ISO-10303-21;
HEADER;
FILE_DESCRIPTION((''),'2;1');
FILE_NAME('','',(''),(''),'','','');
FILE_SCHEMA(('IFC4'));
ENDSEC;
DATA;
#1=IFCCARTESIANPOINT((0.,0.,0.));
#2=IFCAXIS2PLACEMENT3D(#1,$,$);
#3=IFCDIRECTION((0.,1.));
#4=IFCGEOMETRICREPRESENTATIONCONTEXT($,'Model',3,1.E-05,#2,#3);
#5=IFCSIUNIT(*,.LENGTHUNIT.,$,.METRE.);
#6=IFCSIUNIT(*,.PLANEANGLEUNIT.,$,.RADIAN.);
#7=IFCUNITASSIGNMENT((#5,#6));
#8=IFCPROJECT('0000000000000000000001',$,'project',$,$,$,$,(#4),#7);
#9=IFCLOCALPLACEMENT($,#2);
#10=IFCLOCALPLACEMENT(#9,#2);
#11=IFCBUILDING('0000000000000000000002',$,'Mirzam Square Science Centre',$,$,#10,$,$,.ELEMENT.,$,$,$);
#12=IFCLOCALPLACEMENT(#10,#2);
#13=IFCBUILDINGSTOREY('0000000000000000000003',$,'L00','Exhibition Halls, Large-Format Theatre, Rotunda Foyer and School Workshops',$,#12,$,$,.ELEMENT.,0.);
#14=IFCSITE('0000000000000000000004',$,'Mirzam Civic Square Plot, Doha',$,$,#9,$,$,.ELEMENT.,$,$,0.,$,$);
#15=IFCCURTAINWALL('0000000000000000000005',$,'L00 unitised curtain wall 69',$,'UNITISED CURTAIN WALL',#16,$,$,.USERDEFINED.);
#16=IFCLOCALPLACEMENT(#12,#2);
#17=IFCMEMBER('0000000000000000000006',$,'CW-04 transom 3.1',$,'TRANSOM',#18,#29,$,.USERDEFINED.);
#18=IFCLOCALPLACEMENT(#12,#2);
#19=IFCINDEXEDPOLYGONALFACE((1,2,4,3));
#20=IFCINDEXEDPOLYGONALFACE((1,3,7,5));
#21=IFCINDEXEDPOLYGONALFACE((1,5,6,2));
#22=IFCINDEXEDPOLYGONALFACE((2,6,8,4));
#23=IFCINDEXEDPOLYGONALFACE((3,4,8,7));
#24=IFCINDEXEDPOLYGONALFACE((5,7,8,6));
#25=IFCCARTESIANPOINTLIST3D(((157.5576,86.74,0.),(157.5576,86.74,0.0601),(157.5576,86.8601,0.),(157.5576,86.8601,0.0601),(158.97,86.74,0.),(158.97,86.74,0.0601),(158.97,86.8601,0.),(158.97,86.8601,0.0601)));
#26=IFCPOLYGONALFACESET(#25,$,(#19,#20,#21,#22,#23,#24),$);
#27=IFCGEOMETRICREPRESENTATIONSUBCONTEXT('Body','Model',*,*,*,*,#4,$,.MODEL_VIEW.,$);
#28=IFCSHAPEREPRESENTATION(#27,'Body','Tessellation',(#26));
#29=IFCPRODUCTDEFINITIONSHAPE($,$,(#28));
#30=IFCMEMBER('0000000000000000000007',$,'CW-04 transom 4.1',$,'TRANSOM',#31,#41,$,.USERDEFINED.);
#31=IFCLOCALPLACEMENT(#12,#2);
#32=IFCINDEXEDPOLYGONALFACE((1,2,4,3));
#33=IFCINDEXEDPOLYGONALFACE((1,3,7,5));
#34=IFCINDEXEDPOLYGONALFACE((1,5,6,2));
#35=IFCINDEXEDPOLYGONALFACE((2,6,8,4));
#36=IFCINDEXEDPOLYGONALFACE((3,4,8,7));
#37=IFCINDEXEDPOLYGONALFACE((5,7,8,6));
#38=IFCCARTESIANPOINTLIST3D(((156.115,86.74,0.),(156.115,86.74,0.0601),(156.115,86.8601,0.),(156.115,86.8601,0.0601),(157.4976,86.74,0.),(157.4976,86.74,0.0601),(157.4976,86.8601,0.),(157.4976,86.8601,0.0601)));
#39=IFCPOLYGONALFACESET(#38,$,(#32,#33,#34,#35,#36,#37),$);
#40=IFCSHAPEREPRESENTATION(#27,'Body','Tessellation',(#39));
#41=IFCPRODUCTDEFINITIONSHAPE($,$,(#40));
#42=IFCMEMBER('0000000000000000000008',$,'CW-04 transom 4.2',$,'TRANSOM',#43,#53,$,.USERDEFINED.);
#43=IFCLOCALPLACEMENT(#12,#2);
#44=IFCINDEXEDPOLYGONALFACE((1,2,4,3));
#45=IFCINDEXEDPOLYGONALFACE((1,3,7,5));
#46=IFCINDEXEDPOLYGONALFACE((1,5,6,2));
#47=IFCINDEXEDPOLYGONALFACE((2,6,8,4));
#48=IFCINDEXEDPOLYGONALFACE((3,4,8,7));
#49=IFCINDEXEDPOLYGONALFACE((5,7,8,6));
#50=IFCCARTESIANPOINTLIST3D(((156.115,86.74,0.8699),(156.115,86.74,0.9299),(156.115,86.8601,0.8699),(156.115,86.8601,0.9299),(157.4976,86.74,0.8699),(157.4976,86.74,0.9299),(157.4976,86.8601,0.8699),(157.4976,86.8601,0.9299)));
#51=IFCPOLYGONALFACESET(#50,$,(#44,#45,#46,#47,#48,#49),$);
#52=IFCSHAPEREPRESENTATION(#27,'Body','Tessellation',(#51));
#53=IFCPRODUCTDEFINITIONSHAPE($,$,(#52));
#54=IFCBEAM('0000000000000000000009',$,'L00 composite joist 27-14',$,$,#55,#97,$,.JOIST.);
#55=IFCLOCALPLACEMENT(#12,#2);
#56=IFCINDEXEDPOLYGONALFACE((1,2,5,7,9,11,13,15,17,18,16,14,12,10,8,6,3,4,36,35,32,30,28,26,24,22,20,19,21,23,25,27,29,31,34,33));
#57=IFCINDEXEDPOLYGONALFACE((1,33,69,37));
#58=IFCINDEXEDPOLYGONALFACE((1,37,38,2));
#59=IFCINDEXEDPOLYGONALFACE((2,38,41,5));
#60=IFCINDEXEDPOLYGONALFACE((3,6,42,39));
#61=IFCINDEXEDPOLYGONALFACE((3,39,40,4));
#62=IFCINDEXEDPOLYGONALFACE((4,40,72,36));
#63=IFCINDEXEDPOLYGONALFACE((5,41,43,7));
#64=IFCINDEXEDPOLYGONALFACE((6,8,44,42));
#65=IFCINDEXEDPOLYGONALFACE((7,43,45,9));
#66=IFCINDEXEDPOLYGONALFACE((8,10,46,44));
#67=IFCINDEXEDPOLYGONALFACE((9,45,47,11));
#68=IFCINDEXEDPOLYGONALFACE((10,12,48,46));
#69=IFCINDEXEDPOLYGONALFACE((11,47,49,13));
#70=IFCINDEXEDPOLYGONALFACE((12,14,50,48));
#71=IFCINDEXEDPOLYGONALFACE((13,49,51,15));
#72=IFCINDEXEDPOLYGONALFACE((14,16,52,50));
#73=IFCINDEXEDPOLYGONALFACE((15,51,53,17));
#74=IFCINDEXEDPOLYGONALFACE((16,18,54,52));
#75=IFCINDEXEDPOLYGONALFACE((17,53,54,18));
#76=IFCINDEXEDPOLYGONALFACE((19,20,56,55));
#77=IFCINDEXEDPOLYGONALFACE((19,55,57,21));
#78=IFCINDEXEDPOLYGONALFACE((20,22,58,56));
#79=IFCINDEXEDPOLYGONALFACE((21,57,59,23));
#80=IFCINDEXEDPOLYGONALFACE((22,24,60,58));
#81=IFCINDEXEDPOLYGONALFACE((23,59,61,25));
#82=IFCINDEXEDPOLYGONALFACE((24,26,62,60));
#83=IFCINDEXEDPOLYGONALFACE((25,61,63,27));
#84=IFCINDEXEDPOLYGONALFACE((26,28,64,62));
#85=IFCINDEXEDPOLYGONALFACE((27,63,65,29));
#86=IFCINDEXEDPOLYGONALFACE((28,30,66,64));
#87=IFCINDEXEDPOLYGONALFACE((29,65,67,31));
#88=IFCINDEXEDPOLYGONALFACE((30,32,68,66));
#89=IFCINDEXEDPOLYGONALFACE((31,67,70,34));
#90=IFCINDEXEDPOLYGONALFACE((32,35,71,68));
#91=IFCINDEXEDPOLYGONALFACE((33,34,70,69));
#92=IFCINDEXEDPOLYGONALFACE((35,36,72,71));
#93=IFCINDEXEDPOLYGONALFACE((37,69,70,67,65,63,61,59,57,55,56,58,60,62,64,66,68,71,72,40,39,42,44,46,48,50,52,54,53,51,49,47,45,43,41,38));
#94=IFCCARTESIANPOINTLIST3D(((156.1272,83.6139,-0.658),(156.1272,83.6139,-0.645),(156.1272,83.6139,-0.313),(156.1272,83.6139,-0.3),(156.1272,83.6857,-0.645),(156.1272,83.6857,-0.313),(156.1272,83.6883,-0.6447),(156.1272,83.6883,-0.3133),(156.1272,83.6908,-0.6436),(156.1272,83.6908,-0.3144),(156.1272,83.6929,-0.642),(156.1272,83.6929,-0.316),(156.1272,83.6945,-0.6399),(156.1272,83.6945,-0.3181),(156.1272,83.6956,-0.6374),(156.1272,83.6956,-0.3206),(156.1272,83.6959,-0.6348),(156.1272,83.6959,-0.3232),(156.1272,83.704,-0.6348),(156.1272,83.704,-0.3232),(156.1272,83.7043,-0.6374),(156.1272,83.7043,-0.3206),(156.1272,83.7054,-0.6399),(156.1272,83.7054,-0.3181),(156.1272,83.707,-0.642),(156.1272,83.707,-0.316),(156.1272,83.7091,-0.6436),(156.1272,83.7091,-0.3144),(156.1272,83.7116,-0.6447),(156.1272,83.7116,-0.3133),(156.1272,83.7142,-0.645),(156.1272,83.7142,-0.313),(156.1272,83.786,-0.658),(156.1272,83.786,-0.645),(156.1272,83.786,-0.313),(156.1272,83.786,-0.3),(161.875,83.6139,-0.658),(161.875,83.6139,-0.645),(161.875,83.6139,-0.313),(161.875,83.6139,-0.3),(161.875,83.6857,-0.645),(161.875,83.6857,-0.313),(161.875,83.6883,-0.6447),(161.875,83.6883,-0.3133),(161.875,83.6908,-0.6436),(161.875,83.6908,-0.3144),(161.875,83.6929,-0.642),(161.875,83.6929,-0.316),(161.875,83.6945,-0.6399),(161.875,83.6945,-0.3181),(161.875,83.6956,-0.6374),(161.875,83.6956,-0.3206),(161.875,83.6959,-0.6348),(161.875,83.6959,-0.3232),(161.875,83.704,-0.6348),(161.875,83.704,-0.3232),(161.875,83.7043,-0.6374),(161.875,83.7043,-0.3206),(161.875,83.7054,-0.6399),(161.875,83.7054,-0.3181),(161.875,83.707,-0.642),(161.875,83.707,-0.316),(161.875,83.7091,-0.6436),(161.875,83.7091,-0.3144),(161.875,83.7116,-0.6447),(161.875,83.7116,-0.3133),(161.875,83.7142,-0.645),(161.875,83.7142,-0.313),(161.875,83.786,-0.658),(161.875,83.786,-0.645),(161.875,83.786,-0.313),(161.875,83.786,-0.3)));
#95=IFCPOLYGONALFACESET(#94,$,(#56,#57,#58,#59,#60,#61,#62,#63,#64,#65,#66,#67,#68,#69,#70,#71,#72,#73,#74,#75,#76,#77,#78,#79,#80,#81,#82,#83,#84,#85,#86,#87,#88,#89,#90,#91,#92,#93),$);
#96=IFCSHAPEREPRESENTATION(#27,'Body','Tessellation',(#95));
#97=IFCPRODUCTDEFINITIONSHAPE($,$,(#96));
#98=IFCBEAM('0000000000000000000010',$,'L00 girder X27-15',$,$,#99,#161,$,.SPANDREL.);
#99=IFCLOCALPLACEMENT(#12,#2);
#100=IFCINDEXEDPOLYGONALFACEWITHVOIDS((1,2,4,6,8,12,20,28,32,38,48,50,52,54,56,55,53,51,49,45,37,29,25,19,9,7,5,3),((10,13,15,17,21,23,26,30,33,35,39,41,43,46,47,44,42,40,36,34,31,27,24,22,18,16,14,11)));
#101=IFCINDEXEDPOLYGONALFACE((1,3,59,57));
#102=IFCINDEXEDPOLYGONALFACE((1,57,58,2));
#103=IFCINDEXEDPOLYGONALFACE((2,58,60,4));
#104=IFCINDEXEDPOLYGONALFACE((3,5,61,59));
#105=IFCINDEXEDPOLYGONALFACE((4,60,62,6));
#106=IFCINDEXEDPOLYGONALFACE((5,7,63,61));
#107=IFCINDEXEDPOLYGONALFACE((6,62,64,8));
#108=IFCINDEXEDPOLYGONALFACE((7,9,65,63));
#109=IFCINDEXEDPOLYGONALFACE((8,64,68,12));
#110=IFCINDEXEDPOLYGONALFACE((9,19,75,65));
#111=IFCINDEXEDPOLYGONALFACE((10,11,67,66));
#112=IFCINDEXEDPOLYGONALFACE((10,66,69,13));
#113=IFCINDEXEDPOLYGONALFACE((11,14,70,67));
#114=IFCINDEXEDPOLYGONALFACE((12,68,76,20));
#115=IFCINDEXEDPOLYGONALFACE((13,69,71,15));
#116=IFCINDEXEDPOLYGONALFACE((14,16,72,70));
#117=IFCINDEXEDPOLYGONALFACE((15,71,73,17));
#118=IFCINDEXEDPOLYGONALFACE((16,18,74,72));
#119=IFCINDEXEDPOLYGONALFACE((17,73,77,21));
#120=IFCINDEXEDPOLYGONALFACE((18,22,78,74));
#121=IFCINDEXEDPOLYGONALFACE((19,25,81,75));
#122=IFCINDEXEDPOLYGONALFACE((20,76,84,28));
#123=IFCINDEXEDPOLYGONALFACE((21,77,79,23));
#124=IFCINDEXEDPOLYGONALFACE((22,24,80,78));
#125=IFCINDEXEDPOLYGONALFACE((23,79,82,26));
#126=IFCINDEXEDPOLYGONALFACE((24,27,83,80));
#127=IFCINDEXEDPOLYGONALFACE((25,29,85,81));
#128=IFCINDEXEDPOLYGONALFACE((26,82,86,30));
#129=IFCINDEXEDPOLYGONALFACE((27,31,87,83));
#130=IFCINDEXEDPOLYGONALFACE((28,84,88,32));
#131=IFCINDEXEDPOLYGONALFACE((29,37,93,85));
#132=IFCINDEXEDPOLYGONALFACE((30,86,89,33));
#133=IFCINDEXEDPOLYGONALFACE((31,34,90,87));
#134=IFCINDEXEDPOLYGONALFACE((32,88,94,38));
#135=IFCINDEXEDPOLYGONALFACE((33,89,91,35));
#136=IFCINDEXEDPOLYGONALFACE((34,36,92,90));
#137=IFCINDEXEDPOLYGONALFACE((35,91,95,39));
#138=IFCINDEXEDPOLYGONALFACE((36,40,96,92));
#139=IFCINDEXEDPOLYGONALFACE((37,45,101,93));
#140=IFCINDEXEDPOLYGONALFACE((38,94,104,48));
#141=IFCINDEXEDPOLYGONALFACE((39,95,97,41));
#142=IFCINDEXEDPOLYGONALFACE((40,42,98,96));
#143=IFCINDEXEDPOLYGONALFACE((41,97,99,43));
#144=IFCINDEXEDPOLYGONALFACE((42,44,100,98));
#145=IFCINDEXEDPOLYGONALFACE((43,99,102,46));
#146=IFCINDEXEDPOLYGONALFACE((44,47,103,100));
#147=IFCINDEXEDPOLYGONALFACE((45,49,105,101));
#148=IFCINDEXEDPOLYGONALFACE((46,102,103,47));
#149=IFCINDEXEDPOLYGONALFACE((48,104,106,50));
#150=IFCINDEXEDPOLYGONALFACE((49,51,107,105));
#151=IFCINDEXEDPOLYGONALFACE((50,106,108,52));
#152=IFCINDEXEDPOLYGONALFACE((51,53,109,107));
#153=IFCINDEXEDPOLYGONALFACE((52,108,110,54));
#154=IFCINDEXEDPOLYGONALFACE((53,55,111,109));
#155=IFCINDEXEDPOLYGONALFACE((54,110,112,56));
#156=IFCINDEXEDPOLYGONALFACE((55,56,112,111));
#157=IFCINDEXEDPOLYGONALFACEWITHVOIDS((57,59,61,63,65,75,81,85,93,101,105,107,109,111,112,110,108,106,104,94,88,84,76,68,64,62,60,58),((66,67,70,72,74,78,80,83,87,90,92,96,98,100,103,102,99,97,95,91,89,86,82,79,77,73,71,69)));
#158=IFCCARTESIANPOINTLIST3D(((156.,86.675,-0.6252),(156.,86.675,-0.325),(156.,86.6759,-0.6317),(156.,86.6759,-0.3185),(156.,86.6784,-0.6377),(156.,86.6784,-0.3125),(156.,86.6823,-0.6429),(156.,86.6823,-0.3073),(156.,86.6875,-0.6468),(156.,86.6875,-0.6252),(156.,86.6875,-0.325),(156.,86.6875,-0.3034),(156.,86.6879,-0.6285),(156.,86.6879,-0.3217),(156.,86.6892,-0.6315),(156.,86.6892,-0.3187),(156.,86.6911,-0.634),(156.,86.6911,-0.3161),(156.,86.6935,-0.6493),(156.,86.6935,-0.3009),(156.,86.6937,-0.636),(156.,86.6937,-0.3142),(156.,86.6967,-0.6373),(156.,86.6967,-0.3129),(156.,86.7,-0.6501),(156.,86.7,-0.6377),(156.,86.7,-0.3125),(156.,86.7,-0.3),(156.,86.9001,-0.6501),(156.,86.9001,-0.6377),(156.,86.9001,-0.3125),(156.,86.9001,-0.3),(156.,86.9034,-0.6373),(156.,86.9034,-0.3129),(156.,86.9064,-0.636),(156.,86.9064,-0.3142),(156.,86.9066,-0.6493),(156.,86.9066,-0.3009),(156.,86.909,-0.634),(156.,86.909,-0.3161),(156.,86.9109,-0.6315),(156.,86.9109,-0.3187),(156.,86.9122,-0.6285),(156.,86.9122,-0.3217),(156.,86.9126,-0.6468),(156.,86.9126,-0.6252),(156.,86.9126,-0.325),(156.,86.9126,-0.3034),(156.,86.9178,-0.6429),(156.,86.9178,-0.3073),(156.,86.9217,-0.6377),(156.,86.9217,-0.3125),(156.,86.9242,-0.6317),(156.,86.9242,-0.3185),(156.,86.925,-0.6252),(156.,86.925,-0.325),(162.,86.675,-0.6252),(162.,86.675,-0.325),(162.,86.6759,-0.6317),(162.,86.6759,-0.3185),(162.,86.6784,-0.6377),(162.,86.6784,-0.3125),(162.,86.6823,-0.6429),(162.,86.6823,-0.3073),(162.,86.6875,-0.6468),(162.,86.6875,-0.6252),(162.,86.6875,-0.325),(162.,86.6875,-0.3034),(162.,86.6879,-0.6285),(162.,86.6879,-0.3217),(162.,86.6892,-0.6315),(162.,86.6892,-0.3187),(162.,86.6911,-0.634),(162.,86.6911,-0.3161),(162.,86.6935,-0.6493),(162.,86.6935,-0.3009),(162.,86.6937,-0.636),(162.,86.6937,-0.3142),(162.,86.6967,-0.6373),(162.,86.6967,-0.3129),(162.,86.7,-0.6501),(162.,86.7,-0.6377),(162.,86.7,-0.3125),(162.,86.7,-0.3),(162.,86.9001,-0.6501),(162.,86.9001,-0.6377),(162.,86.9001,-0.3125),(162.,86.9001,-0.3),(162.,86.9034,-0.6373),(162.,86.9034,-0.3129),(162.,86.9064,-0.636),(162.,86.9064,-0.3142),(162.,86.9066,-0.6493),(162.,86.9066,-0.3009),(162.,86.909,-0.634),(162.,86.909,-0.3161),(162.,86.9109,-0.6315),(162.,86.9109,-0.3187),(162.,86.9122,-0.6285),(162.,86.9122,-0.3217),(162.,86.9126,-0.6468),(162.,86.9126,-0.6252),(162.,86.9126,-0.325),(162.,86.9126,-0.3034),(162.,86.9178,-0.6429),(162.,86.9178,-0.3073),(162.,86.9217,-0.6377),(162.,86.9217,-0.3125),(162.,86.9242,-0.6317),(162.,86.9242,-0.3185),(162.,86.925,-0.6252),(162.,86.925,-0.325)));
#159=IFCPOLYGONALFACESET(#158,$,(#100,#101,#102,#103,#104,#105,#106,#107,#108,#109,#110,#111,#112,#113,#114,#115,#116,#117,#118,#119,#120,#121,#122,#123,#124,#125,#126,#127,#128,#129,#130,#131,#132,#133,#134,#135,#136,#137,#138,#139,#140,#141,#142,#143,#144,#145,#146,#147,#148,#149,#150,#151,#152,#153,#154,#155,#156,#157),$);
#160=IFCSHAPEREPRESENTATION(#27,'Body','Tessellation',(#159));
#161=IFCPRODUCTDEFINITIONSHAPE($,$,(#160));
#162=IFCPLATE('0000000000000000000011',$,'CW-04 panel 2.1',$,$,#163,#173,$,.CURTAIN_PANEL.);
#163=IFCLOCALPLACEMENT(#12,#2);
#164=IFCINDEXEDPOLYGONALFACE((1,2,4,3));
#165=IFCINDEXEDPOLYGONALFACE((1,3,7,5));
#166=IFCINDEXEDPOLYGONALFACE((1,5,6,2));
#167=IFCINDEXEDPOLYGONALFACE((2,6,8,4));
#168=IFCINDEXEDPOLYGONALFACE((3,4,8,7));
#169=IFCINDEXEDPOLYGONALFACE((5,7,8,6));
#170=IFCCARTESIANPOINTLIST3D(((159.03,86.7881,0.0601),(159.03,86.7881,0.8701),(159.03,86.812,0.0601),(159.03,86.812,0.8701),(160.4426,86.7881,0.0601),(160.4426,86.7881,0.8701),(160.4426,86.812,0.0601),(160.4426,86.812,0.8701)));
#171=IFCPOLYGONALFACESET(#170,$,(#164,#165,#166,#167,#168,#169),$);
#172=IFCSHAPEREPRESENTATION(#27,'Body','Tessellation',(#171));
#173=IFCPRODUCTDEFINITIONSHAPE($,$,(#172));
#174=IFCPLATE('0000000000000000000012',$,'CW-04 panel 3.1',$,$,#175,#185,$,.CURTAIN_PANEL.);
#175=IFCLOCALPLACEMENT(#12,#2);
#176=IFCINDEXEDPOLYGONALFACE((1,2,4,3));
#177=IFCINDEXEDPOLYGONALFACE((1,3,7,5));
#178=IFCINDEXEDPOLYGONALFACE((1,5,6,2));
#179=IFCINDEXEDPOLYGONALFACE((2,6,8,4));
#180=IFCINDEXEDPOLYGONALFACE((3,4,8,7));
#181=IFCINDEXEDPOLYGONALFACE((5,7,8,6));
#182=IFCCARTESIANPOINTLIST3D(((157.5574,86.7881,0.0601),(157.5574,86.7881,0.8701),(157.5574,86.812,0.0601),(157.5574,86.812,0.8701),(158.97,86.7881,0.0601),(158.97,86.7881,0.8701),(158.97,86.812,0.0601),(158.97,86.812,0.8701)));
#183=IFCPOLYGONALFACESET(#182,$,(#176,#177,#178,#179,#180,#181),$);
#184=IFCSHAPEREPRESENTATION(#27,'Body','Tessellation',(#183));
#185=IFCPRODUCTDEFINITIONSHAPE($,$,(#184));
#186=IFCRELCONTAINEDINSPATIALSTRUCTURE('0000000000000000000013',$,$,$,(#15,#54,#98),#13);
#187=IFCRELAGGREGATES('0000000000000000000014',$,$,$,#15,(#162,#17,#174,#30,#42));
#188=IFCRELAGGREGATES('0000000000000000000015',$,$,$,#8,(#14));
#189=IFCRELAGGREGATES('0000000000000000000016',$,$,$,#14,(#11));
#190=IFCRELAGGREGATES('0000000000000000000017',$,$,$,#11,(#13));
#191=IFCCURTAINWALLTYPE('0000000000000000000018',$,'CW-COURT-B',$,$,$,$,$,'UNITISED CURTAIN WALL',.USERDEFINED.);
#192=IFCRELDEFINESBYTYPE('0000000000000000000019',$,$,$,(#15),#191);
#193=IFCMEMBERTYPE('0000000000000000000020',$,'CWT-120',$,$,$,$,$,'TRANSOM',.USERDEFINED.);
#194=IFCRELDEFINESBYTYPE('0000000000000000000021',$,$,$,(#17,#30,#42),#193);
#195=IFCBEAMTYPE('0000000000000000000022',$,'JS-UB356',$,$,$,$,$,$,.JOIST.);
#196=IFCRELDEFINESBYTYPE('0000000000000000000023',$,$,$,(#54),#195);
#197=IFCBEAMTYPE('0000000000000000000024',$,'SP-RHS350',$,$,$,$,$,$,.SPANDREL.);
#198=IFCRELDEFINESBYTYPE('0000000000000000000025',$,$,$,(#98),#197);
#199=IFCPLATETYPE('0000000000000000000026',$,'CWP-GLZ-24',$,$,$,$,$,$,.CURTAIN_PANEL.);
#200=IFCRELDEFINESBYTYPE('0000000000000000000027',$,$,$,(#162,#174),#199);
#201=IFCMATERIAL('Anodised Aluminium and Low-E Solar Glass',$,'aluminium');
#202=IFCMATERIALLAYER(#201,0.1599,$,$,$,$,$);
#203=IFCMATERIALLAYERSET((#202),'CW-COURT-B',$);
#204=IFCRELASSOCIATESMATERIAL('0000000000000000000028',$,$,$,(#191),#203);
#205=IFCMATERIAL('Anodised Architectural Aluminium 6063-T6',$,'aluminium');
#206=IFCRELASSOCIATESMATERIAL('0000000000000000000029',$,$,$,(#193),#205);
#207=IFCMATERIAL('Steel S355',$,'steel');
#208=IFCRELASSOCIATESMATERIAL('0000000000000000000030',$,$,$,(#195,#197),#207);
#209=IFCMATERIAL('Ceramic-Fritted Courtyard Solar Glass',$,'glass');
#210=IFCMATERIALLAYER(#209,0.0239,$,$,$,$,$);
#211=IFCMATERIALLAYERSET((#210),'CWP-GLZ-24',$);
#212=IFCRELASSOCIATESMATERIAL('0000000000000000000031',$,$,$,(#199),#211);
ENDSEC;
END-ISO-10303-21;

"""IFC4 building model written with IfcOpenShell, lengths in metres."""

from ifc_helpers import new_model, si_unit, direction, frame, origin, origin_2d, place, context, subcontext, project, spatial, rectangle, hollow_rectangle, i_section, extrude, material, layer, layer_set, material_profile, profile_set, type_object, element, aggregate, save


model = new_model("IFC4")

# Units and contexts
model_context = context("Model", 3, precision=1e-05, world=origin(), true_north=direction((0.0, 1.0)))
body_context = subcontext(model_context, "Body", "Model", "MODEL_VIEW")
ifc_project = project(units=[si_unit("LENGTHUNIT", "METRE"), si_unit("PLANEANGLEUNIT", "RADIAN")], contexts=[model_context])

# Site, building, storey
site_placement = place(None, origin())
site = spatial("IfcSite", under=ifc_project, at=site_placement, Name="Mirzam Civic Square Plot, Doha", CompositionType="ELEMENT", RefElevation=0.0)
building_placement = place(site_placement, origin())
building = spatial("IfcBuilding", under=site, at=building_placement, Name="Mirzam Square Science Centre", CompositionType="ELEMENT")
storey_placement = place(building_placement, origin())
storey = spatial("IfcBuildingStorey", under=building, at=storey_placement, Name="L00", Description="Exhibition Halls, Large-Format Theatre, Rotunda Foyer and School Workshops", CompositionType="ELEMENT", Elevation=0.0)

# Shared definitions
ifc_material_1 = material(Name="Steel S355", Category="steel")

# Curtain wall
ifc_material_2 = material(Name="Anodised Aluminium and Low-E Solar Glass", Category="aluminium")
ifc_material_3 = material(Name="Anodised Architectural Aluminium 6063-T6", Category="aluminium")
ifc_layer_1 = layer(ifc_material_2, 0.1599)
ifc_layer_set_1 = layer_set([ifc_layer_1], Name="CW-COURT-B")
curtain_wall_type_1 = type_object("IfcCurtainWallType", Name="CW-COURT-B", ElementType="UNITISED CURTAIN WALL", PredefinedType="USERDEFINED", material=ifc_layer_set_1)
curtain_wall_1_placement = place(storey_placement, origin())
curtain_wall_1 = element("IfcCurtainWall", 1, at=curtain_wall_1_placement, inside=storey, type_object=curtain_wall_type_1, Name="L00 unitised curtain wall 69", ObjectType="UNITISED CURTAIN WALL", PredefinedType="USERDEFINED")

# Members
ifc_material_profile_1 = material_profile(ifc_material_3, rectangle(XDim=0.1201, YDim=0.0601, at=origin_2d()), Name="ALU-TRAN-120x60x4")
ifc_profile_set_1 = profile_set([ifc_material_profile_1], Name="Anodised Architectural Aluminium 6063-T6")
member_type_1 = type_object("IfcMemberType", Name="CWT-120", ElementType="TRANSOM", PredefinedType="USERDEFINED", material=ifc_profile_set_1)
member_1_placement = place(storey_placement, frame((158.97, 86.8, 0.03), z_axis=(-1.0, 0.0, 0.0), x_axis=(0.0, -1.0, 0.0)))
member_1 = element("IfcMember", 2, at=member_1_placement, type_object=member_type_1, Name="CW-04 transom 3.1", ObjectType="TRANSOM", PredefinedType="USERDEFINED", context=body_context, shape_type="SweptSolid", body=[
    extrude(rectangle(XDim=0.1201, YDim=0.0601, at=origin_2d()), origin(), (0.0, 0.0, 1.0), 1.4124),
])
member_2_placement = place(storey_placement, frame((157.4976, 86.8, 0.03), z_axis=(-1.0, 0.0, 0.0), x_axis=(0.0, -1.0, 0.0)))
member_2 = element("IfcMember", 3, at=member_2_placement, type_object=member_type_1, Name="CW-04 transom 4.1", ObjectType="TRANSOM", PredefinedType="USERDEFINED", context=body_context, shape_type="SweptSolid", body=[
    extrude(rectangle(XDim=0.1201, YDim=0.0601, at=origin_2d()), origin(), (0.0, 0.0, 1.0), 1.3826),
])
member_3_placement = place(storey_placement, frame((157.4976, 86.8, 0.8999), z_axis=(-1.0, 0.0, 0.0), x_axis=(0.0, -1.0, 0.0)))
member_3 = element("IfcMember", 4, at=member_3_placement, type_object=member_type_1, Name="CW-04 transom 4.2", ObjectType="TRANSOM", PredefinedType="USERDEFINED", context=body_context, shape_type="SweptSolid", body=[
    extrude(rectangle(XDim=0.1201, YDim=0.0601, at=origin_2d()), origin(), (0.0, 0.0, 1.0), 1.3826),
])

# Beams
ifc_material_profile_2 = material_profile(ifc_material_1, i_section(OverallWidth=0.1721, OverallDepth=0.3579, WebThickness=0.0081, FlangeThickness=0.0129, FilletRadius=0.0103, at=origin_2d()), Name="356x171x57UB")
ifc_profile_set_2 = profile_set([ifc_material_profile_2], Name="Steel S355")
beam_type_1 = type_object("IfcBeamType", Name="JS-UB356", PredefinedType="JOIST", material=ifc_profile_set_2)
beam_1_placement = place(storey_placement, frame((156.1272, 83.7, -0.479), z_axis=(1.0, 0.0, 0.0), x_axis=(0.0, 1.0, 0.0)))
element("IfcBeam", 5, at=beam_1_placement, inside=storey, type_object=beam_type_1, Name="L00 composite joist 27-14", PredefinedType="JOIST", context=body_context, shape_type="SweptSolid", body=[
    extrude(i_section(OverallWidth=0.1721, OverallDepth=0.3579, WebThickness=0.0081, FlangeThickness=0.0129, FilletRadius=0.0103, at=origin_2d()), origin(), (0.0, 0.0, 1.0), 5.7478),
])
ifc_material_profile_3 = material_profile(ifc_material_1, hollow_rectangle(XDim=0.25, YDim=0.3501, WallThickness=0.0125, InnerFilletRadius=0.0125, OuterFilletRadius=0.0249, at=origin_2d()), Name="350x250x12.5RHS")
ifc_profile_set_3 = profile_set([ifc_material_profile_3], Name="Steel S355")
beam_type_2 = type_object("IfcBeamType", Name="SP-RHS350", PredefinedType="SPANDREL", material=ifc_profile_set_3)
beam_2_placement = place(storey_placement, frame((156.0, 86.8, -0.4751), z_axis=(1.0, 0.0, 0.0), x_axis=(0.0, 1.0, 0.0)))
element("IfcBeam", 6, at=beam_2_placement, inside=storey, type_object=beam_type_2, Name="L00 girder X27-15", PredefinedType="SPANDREL", context=body_context, shape_type="SweptSolid", body=[
    extrude(hollow_rectangle(XDim=0.25, YDim=0.3501, WallThickness=0.0125, InnerFilletRadius=0.0125, OuterFilletRadius=0.0249, at=origin_2d()), origin(), (0.0, 0.0, 1.0), 6.0),
])

# Plates
ifc_material_4 = material(Name="Ceramic-Fritted Courtyard Solar Glass", Category="glass")
ifc_layer_2 = layer(ifc_material_4, 0.0239)
ifc_layer_set_2 = layer_set([ifc_layer_2], Name="CWP-GLZ-24")
plate_type_1 = type_object("IfcPlateType", Name="CWP-GLZ-24", PredefinedType="CURTAIN_PANEL", material=ifc_layer_set_2)
plate_1_placement = place(storey_placement, frame((159.7363, 86.8, 0.0601), z_axis=(0.0, 0.0, 1.0), x_axis=(-1.0, 0.0, 0.0)))
plate_1 = element("IfcPlate", 7, at=plate_1_placement, type_object=plate_type_1, Name="CW-04 panel 2.1", PredefinedType="CURTAIN_PANEL", context=body_context, shape_type="SweptSolid", body=[
    extrude(rectangle(XDim=1.4126, YDim=0.0239, at=origin_2d()), origin(), (0.0, 0.0, 1.0), 0.8101),
])
plate_2_placement = place(storey_placement, frame((158.2637, 86.8, 0.0601), z_axis=(0.0, 0.0, 1.0), x_axis=(-1.0, 0.0, 0.0)))
plate_2 = element("IfcPlate", 8, at=plate_2_placement, type_object=plate_type_1, Name="CW-04 panel 3.1", PredefinedType="CURTAIN_PANEL", context=body_context, shape_type="SweptSolid", body=[
    extrude(rectangle(XDim=1.4126, YDim=0.0239, at=origin_2d()), origin(), (0.0, 0.0, 1.0), 0.8101),
])
aggregate(curtain_wall_1, [plate_1, member_1, plate_2, member_2, member_3])

save(model, "model.ifc")
